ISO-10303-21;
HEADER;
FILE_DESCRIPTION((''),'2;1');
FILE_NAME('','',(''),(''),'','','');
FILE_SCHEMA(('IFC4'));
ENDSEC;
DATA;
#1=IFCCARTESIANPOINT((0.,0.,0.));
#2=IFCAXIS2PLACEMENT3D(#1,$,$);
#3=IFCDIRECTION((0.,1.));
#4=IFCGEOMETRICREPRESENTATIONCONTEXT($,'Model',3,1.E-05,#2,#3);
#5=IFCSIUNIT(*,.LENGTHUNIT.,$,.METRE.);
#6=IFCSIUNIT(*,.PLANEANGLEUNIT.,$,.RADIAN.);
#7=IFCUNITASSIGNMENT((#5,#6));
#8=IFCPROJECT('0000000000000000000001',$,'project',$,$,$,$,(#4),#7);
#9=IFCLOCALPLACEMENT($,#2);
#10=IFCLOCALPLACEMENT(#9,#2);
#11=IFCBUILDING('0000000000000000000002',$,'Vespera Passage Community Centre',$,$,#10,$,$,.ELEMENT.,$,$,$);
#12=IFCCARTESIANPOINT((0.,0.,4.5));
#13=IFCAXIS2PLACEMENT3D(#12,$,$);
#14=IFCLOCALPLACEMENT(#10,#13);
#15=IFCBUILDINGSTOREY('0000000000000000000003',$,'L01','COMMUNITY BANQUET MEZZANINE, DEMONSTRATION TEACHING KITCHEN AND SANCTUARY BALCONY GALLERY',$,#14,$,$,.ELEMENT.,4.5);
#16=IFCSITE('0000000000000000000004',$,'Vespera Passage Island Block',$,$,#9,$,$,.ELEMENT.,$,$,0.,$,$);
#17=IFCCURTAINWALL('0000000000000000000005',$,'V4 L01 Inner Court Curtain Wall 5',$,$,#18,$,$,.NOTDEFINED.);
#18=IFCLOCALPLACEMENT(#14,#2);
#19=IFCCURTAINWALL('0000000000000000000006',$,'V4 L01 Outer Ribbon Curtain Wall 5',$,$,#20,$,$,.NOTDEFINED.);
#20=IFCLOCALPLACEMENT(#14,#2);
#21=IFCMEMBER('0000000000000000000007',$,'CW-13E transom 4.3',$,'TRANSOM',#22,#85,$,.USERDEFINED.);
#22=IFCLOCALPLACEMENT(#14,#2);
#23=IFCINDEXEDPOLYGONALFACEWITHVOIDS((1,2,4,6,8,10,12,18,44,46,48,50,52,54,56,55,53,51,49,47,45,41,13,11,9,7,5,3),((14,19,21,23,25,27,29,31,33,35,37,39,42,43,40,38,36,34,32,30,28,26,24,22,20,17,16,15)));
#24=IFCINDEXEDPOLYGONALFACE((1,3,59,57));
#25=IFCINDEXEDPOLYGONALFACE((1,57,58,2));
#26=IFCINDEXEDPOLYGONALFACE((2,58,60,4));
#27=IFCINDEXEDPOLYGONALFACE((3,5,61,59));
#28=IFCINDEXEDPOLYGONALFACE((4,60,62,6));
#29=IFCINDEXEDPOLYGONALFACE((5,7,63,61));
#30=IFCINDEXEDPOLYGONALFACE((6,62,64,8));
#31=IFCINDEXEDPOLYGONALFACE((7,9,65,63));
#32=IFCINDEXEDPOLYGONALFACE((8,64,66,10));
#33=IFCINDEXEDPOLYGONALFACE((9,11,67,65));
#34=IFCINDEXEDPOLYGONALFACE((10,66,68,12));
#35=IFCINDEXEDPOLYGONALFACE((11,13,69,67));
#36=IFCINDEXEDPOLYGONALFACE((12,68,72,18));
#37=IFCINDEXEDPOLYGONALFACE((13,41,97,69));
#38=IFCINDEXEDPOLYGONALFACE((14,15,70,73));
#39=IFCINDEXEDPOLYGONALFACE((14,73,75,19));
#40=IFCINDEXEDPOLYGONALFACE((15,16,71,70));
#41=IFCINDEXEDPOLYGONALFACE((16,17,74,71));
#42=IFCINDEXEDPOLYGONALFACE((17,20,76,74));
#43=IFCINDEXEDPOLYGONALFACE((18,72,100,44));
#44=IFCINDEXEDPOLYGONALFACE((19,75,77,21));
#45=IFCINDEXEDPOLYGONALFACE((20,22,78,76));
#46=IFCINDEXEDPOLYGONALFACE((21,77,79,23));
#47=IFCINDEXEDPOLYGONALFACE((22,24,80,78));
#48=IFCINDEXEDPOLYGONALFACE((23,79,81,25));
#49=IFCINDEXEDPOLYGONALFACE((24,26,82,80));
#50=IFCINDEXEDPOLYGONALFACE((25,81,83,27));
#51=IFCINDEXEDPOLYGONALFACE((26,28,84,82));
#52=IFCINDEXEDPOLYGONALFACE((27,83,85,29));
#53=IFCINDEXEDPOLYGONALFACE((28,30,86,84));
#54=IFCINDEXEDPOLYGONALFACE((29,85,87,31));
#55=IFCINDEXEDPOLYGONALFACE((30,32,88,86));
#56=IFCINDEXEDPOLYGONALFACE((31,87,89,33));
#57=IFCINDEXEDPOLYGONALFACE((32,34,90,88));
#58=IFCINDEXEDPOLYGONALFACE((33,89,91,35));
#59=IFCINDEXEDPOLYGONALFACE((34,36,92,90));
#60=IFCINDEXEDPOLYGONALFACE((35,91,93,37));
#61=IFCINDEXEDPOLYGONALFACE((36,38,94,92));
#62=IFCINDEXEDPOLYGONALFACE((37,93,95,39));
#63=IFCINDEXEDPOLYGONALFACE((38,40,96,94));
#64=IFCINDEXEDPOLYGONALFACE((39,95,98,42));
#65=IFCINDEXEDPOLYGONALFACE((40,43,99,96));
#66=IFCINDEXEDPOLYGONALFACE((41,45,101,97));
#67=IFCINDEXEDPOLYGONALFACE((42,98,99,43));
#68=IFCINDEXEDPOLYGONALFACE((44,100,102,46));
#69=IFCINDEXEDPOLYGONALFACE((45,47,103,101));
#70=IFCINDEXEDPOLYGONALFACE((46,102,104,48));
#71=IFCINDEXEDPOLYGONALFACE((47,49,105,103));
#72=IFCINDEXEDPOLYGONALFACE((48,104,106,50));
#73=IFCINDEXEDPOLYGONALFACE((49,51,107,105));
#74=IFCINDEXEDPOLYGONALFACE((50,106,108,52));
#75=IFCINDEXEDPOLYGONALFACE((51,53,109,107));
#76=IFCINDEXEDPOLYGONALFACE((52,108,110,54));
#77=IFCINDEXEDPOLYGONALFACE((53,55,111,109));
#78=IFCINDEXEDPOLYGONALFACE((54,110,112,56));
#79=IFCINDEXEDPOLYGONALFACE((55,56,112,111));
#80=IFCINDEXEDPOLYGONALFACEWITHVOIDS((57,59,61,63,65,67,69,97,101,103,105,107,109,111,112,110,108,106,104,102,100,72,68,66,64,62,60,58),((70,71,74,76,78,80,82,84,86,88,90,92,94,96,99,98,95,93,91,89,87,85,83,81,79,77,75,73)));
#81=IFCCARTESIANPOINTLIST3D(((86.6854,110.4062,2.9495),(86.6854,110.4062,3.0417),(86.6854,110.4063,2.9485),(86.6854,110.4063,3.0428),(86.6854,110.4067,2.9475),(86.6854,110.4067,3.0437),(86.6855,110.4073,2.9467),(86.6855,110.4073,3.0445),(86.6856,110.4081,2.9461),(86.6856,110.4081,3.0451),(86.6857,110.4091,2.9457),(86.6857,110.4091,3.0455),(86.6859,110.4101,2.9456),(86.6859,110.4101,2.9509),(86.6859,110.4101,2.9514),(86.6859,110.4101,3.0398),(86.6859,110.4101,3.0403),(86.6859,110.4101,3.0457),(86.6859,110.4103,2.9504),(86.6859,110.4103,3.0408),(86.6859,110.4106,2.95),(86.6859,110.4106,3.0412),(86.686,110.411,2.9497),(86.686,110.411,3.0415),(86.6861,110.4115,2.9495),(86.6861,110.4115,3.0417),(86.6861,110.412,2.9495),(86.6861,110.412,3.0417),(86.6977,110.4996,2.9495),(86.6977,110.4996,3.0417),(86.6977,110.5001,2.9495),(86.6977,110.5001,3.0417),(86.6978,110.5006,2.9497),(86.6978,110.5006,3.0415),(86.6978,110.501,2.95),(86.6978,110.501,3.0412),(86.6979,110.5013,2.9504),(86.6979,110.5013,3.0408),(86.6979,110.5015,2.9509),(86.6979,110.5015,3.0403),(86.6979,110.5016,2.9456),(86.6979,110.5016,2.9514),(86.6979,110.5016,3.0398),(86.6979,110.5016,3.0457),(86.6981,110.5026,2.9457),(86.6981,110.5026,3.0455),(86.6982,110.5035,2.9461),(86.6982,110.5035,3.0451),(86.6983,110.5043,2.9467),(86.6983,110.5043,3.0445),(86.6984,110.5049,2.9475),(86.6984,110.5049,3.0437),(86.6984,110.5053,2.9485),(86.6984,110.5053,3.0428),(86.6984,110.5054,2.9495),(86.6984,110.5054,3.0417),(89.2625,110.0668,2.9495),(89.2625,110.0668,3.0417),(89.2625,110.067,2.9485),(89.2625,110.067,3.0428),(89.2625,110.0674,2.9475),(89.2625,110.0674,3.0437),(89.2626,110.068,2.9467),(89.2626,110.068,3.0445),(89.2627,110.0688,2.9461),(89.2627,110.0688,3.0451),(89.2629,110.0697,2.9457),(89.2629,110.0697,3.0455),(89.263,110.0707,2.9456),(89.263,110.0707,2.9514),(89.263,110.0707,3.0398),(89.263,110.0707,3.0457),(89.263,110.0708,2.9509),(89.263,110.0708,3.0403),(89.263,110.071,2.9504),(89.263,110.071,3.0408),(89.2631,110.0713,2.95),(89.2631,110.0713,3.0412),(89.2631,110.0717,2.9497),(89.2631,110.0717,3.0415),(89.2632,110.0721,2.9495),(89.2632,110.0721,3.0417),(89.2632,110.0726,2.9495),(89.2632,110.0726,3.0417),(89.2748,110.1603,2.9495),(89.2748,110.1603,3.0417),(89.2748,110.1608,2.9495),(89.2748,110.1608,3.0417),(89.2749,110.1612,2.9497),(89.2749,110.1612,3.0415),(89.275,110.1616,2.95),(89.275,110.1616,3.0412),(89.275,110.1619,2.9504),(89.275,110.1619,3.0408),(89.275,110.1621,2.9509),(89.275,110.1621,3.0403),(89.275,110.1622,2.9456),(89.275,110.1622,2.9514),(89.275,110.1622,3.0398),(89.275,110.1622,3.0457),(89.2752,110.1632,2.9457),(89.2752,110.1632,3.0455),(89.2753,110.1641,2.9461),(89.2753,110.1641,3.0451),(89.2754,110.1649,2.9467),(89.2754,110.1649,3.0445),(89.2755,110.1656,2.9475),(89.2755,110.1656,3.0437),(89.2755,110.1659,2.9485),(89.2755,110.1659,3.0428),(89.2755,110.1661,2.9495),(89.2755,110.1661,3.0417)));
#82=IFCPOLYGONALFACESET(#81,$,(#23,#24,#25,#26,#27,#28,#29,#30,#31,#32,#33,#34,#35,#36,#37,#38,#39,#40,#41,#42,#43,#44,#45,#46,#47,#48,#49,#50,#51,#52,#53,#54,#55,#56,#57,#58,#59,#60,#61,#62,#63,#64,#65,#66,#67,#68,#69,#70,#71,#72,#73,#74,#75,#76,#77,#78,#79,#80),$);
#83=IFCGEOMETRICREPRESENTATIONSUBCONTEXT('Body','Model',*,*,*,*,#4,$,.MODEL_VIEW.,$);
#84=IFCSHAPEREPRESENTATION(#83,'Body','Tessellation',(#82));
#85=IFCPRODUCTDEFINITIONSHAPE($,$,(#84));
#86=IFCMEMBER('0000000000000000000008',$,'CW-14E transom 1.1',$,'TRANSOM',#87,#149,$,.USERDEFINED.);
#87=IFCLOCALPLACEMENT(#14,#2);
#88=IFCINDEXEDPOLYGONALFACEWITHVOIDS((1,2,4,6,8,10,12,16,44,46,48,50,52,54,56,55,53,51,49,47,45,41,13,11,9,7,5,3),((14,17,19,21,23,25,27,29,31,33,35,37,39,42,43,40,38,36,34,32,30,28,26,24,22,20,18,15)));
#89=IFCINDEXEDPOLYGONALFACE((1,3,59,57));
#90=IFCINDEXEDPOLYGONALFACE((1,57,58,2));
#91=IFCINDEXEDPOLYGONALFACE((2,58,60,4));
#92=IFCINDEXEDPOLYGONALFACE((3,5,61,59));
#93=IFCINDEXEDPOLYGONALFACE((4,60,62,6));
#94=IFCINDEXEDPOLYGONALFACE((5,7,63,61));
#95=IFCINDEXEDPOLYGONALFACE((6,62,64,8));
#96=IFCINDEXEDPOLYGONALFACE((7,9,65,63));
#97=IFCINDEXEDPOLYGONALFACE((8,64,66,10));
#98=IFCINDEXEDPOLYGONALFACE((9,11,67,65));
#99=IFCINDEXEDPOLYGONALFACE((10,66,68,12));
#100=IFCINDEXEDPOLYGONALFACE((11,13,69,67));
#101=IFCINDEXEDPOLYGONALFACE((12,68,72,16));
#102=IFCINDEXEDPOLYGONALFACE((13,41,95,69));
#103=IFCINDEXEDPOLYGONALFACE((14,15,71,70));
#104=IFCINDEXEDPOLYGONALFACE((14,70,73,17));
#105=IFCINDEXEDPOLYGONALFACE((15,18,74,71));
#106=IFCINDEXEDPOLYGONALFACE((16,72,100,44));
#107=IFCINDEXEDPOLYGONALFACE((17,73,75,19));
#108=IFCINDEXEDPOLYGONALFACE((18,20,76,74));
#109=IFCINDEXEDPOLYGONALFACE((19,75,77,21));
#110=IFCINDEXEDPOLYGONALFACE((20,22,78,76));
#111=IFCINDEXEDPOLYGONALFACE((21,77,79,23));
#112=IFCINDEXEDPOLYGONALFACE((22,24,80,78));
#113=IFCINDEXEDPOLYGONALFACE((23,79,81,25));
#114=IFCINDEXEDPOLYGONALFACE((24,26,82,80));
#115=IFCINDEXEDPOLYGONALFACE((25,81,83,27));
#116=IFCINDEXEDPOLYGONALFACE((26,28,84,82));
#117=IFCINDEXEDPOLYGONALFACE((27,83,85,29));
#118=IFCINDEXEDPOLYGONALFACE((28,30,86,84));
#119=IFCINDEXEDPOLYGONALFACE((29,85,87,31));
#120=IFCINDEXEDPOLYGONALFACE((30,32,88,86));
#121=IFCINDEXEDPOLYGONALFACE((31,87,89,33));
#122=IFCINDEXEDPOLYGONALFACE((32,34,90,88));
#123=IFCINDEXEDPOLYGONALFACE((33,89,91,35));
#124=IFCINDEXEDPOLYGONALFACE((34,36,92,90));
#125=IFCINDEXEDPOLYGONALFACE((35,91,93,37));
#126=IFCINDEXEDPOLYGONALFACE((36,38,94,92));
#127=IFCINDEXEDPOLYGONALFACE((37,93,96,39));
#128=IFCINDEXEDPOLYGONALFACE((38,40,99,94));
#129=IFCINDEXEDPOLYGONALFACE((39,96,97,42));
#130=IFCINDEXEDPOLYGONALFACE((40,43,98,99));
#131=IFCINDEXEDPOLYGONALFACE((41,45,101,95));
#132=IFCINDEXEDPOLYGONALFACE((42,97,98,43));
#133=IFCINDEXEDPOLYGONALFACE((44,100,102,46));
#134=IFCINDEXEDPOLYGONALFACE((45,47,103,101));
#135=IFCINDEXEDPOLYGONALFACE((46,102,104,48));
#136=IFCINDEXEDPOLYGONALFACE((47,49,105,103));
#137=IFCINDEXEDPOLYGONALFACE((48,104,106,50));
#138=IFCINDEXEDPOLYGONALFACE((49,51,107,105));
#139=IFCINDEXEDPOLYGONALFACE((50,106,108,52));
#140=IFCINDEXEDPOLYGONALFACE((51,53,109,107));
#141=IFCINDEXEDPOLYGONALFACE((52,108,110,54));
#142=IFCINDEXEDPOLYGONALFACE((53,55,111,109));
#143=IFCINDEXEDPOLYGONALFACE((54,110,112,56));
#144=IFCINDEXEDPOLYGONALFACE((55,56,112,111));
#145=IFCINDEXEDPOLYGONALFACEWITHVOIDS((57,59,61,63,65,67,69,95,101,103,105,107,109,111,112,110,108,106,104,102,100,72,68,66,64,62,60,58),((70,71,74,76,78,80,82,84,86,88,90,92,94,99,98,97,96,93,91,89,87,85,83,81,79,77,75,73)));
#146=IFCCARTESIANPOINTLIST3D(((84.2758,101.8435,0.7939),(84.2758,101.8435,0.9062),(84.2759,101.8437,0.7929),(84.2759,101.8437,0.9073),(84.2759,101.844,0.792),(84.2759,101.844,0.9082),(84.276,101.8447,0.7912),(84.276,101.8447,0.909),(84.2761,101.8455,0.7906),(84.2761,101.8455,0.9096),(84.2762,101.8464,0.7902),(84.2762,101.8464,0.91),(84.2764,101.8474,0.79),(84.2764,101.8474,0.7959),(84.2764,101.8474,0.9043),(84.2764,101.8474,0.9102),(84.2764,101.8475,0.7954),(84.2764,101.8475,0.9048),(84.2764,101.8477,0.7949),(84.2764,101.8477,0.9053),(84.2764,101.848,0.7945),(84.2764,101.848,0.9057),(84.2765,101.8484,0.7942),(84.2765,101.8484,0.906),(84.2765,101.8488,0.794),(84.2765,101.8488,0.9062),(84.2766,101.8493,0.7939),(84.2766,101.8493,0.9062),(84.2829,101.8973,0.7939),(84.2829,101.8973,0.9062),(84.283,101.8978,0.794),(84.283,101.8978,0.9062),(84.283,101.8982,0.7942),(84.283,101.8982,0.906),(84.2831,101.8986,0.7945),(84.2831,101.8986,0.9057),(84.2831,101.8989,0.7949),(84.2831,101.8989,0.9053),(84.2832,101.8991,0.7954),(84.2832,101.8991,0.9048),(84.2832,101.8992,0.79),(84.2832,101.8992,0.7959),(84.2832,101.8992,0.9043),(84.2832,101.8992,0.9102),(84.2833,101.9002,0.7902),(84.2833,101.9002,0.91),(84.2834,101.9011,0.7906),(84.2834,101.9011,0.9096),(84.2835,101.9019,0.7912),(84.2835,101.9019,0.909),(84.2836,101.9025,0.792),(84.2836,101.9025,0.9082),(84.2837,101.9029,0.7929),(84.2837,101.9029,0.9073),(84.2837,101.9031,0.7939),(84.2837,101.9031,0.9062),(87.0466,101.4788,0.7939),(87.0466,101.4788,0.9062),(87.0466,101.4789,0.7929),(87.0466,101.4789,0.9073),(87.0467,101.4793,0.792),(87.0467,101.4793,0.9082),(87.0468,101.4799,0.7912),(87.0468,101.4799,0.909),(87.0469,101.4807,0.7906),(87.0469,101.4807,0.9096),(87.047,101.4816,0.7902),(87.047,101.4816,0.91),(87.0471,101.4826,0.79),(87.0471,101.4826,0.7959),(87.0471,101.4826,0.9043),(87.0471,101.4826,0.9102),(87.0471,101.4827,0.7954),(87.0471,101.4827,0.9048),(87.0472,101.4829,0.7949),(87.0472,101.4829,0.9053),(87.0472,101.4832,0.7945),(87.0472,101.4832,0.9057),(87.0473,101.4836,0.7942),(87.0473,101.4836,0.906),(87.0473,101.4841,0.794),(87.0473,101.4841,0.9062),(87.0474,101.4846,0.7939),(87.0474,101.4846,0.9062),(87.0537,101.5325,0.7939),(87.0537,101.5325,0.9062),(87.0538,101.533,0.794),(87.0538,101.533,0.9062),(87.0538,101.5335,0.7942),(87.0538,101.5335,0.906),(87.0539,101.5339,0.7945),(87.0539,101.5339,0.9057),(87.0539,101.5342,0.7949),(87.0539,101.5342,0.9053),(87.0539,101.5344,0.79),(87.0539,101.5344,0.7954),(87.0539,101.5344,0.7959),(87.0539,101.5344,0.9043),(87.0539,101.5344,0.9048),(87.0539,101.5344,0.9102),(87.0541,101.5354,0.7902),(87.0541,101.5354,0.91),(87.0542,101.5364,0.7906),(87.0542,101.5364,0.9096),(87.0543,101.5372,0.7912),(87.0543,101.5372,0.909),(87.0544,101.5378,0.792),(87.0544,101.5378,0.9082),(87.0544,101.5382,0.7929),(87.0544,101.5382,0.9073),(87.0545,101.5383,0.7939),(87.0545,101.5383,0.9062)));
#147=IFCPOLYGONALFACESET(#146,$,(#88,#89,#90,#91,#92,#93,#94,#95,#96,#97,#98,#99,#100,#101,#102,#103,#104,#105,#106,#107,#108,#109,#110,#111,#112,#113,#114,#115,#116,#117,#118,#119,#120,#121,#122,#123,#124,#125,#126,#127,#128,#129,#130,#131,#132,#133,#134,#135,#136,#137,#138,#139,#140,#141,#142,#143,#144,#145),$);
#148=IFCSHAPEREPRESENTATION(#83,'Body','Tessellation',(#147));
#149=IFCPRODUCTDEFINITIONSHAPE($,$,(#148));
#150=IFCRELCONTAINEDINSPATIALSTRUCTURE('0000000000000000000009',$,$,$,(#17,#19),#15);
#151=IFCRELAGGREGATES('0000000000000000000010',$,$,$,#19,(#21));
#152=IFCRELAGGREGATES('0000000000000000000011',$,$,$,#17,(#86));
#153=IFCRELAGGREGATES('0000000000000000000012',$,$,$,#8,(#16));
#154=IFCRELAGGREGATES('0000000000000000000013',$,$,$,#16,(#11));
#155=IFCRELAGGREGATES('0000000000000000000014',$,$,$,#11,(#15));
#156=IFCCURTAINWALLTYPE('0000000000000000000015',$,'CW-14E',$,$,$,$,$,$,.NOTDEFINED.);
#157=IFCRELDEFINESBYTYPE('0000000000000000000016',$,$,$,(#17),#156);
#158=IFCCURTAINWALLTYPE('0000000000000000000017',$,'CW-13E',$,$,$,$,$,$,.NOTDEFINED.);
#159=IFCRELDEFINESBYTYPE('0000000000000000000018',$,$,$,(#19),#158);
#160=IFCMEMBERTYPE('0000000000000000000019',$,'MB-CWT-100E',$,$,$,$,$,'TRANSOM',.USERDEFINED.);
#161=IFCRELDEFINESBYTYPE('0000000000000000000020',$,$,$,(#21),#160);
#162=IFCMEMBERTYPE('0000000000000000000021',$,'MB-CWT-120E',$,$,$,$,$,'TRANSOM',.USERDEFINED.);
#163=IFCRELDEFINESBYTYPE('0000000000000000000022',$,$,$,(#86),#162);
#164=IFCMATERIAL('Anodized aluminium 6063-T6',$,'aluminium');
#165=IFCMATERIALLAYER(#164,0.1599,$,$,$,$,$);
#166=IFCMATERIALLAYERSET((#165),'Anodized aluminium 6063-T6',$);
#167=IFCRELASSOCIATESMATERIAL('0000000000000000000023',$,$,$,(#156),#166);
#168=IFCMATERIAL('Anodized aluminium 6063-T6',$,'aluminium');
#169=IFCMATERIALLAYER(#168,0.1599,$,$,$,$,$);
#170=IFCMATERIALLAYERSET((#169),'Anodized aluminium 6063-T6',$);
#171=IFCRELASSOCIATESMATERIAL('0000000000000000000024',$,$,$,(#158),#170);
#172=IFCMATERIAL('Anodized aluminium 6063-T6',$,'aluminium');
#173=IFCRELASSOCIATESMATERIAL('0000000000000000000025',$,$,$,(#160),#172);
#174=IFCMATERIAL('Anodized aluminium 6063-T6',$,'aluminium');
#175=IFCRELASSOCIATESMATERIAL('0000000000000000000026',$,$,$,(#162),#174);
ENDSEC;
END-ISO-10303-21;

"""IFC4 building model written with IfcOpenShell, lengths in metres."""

from ifc_helpers import new_model, si_unit, direction, frame, origin, origin_2d, place, context, subcontext, project, spatial, hollow_rectangle, extrude, material, layer, layer_set, material_profile, profile_set, type_object, element, aggregate, save


model = new_model("IFC4")

# Units and contexts
model_context = context("Model", 3, precision=1e-05, world=origin(), true_north=direction((0.0, 1.0)))
body_context = subcontext(model_context, "Body", "Model", "MODEL_VIEW")
ifc_project = project(units=[si_unit("LENGTHUNIT", "METRE"), si_unit("PLANEANGLEUNIT", "RADIAN")], contexts=[model_context])

# Site, building, storey
site_placement = place(None, origin())
site = spatial("IfcSite", under=ifc_project, at=site_placement, Name="Vespera Passage Island Block", CompositionType="ELEMENT", RefElevation=0.0)
building_placement = place(site_placement, origin())
building = spatial("IfcBuilding", under=site, at=building_placement, Name="Vespera Passage Community Centre", CompositionType="ELEMENT")
storey_placement = place(building_placement, frame((0.0, 0.0, 4.5)))
storey = spatial("IfcBuildingStorey", under=building, at=storey_placement, Name="L01", Description="COMMUNITY BANQUET MEZZANINE, DEMONSTRATION TEACHING KITCHEN AND SANCTUARY BALCONY GALLERY", CompositionType="ELEMENT", Elevation=4.5)

# Curtain walls, member
ifc_material_1 = material(Name="Anodized aluminium 6063-T6", Category="aluminium")
ifc_layer_1 = layer(ifc_material_1, 0.1599)
ifc_layer_set_1 = layer_set([ifc_layer_1], Name="Anodized aluminium 6063-T6")
curtain_wall_type_1 = type_object("IfcCurtainWallType", Name="CW-14E", PredefinedType="NOTDEFINED", material=ifc_layer_set_1)
curtain_wall_1_placement = place(storey_placement, origin())
curtain_wall_1 = element("IfcCurtainWall", 1, at=curtain_wall_1_placement, inside=storey, type_object=curtain_wall_type_1, Name="V4 L01 Inner Court Curtain Wall 5", PredefinedType="NOTDEFINED")
ifc_material_2 = material(Name="Anodized aluminium 6063-T6", Category="aluminium")
ifc_layer_2 = layer(ifc_material_2, 0.1599)
ifc_layer_set_2 = layer_set([ifc_layer_2], Name="Anodized aluminium 6063-T6")
curtain_wall_type_2 = type_object("IfcCurtainWallType", Name="CW-13E", PredefinedType="NOTDEFINED", material=ifc_layer_set_2)
curtain_wall_2_placement = place(storey_placement, origin())
curtain_wall_2 = element("IfcCurtainWall", 2, at=curtain_wall_2_placement, inside=storey, type_object=curtain_wall_type_2, Name="V4 L01 Outer Ribbon Curtain Wall 5", PredefinedType="NOTDEFINED")
ifc_material_3 = material(Name="Anodized aluminium 6063-T6", Category="aluminium")
ifc_material_profile_1 = material_profile(ifc_material_3, hollow_rectangle(XDim=0.1001, YDim=0.1001, WallThickness=0.0039, InnerFilletRadius=0.002, OuterFilletRadius=0.0039, at=origin_2d()), Name="ALU100X100X4")
ifc_profile_set_1 = profile_set([ifc_material_profile_1], Name="Anodized aluminium 6063-T6")
member_type_1 = type_object("IfcMemberType", Name="MB-CWT-100E", ElementType="TRANSOM", PredefinedType="USERDEFINED", material=ifc_profile_set_1)
member_1_placement = place(storey_placement, frame((86.6919, 110.4558, 2.9956), z_axis=(0.991442, -0.130552, 0.0), x_axis=(0.130552, 0.991442, 0.0)))
member_1 = element("IfcMember", 3, at=member_1_placement, type_object=member_type_1, Name="CW-13E transom 4.3", ObjectType="TRANSOM", PredefinedType="USERDEFINED", context=body_context, shape_type="SweptSolid", body=[
    extrude(hollow_rectangle(XDim=0.1001, YDim=0.1001, WallThickness=0.0039, InnerFilletRadius=0.002, OuterFilletRadius=0.0039, at=origin_2d()), origin(), (0.0, 0.0, 1.0), 2.5994),
])

# Member
ifc_material_4 = material(Name="Anodized aluminium 6063-T6", Category="aluminium")
ifc_material_profile_2 = material_profile(ifc_material_4, hollow_rectangle(XDim=0.0601, YDim=0.1201, WallThickness=0.0039, InnerFilletRadius=0.002, OuterFilletRadius=0.0039, at=origin_2d()), Name="ALU120X60X4")
ifc_profile_set_2 = profile_set([ifc_material_profile_2], Name="Anodized aluminium 6063-T6")
member_type_2 = type_object("IfcMemberType", Name="MB-CWT-120E", ElementType="TRANSOM", PredefinedType="USERDEFINED", material=ifc_profile_set_2)
member_2_placement = place(storey_placement, frame((87.0505, 101.5085, 0.8501), z_axis=(-0.991446, 0.130516, 0.0), x_axis=(-0.130516, -0.991446, 0.0)))
member_2 = element("IfcMember", 4, at=member_2_placement, type_object=member_type_2, Name="CW-14E transom 1.1", ObjectType="TRANSOM", PredefinedType="USERDEFINED", context=body_context, shape_type="SweptSolid", body=[
    extrude(hollow_rectangle(XDim=0.0601, YDim=0.1201, WallThickness=0.0039, InnerFilletRadius=0.002, OuterFilletRadius=0.0039, at=origin_2d()), origin(), (0.0, 0.0, 1.0), 2.7947),
])

aggregate(curtain_wall_2, [member_1])
aggregate(curtain_wall_1, [member_2])

save(model, "model.ifc")
